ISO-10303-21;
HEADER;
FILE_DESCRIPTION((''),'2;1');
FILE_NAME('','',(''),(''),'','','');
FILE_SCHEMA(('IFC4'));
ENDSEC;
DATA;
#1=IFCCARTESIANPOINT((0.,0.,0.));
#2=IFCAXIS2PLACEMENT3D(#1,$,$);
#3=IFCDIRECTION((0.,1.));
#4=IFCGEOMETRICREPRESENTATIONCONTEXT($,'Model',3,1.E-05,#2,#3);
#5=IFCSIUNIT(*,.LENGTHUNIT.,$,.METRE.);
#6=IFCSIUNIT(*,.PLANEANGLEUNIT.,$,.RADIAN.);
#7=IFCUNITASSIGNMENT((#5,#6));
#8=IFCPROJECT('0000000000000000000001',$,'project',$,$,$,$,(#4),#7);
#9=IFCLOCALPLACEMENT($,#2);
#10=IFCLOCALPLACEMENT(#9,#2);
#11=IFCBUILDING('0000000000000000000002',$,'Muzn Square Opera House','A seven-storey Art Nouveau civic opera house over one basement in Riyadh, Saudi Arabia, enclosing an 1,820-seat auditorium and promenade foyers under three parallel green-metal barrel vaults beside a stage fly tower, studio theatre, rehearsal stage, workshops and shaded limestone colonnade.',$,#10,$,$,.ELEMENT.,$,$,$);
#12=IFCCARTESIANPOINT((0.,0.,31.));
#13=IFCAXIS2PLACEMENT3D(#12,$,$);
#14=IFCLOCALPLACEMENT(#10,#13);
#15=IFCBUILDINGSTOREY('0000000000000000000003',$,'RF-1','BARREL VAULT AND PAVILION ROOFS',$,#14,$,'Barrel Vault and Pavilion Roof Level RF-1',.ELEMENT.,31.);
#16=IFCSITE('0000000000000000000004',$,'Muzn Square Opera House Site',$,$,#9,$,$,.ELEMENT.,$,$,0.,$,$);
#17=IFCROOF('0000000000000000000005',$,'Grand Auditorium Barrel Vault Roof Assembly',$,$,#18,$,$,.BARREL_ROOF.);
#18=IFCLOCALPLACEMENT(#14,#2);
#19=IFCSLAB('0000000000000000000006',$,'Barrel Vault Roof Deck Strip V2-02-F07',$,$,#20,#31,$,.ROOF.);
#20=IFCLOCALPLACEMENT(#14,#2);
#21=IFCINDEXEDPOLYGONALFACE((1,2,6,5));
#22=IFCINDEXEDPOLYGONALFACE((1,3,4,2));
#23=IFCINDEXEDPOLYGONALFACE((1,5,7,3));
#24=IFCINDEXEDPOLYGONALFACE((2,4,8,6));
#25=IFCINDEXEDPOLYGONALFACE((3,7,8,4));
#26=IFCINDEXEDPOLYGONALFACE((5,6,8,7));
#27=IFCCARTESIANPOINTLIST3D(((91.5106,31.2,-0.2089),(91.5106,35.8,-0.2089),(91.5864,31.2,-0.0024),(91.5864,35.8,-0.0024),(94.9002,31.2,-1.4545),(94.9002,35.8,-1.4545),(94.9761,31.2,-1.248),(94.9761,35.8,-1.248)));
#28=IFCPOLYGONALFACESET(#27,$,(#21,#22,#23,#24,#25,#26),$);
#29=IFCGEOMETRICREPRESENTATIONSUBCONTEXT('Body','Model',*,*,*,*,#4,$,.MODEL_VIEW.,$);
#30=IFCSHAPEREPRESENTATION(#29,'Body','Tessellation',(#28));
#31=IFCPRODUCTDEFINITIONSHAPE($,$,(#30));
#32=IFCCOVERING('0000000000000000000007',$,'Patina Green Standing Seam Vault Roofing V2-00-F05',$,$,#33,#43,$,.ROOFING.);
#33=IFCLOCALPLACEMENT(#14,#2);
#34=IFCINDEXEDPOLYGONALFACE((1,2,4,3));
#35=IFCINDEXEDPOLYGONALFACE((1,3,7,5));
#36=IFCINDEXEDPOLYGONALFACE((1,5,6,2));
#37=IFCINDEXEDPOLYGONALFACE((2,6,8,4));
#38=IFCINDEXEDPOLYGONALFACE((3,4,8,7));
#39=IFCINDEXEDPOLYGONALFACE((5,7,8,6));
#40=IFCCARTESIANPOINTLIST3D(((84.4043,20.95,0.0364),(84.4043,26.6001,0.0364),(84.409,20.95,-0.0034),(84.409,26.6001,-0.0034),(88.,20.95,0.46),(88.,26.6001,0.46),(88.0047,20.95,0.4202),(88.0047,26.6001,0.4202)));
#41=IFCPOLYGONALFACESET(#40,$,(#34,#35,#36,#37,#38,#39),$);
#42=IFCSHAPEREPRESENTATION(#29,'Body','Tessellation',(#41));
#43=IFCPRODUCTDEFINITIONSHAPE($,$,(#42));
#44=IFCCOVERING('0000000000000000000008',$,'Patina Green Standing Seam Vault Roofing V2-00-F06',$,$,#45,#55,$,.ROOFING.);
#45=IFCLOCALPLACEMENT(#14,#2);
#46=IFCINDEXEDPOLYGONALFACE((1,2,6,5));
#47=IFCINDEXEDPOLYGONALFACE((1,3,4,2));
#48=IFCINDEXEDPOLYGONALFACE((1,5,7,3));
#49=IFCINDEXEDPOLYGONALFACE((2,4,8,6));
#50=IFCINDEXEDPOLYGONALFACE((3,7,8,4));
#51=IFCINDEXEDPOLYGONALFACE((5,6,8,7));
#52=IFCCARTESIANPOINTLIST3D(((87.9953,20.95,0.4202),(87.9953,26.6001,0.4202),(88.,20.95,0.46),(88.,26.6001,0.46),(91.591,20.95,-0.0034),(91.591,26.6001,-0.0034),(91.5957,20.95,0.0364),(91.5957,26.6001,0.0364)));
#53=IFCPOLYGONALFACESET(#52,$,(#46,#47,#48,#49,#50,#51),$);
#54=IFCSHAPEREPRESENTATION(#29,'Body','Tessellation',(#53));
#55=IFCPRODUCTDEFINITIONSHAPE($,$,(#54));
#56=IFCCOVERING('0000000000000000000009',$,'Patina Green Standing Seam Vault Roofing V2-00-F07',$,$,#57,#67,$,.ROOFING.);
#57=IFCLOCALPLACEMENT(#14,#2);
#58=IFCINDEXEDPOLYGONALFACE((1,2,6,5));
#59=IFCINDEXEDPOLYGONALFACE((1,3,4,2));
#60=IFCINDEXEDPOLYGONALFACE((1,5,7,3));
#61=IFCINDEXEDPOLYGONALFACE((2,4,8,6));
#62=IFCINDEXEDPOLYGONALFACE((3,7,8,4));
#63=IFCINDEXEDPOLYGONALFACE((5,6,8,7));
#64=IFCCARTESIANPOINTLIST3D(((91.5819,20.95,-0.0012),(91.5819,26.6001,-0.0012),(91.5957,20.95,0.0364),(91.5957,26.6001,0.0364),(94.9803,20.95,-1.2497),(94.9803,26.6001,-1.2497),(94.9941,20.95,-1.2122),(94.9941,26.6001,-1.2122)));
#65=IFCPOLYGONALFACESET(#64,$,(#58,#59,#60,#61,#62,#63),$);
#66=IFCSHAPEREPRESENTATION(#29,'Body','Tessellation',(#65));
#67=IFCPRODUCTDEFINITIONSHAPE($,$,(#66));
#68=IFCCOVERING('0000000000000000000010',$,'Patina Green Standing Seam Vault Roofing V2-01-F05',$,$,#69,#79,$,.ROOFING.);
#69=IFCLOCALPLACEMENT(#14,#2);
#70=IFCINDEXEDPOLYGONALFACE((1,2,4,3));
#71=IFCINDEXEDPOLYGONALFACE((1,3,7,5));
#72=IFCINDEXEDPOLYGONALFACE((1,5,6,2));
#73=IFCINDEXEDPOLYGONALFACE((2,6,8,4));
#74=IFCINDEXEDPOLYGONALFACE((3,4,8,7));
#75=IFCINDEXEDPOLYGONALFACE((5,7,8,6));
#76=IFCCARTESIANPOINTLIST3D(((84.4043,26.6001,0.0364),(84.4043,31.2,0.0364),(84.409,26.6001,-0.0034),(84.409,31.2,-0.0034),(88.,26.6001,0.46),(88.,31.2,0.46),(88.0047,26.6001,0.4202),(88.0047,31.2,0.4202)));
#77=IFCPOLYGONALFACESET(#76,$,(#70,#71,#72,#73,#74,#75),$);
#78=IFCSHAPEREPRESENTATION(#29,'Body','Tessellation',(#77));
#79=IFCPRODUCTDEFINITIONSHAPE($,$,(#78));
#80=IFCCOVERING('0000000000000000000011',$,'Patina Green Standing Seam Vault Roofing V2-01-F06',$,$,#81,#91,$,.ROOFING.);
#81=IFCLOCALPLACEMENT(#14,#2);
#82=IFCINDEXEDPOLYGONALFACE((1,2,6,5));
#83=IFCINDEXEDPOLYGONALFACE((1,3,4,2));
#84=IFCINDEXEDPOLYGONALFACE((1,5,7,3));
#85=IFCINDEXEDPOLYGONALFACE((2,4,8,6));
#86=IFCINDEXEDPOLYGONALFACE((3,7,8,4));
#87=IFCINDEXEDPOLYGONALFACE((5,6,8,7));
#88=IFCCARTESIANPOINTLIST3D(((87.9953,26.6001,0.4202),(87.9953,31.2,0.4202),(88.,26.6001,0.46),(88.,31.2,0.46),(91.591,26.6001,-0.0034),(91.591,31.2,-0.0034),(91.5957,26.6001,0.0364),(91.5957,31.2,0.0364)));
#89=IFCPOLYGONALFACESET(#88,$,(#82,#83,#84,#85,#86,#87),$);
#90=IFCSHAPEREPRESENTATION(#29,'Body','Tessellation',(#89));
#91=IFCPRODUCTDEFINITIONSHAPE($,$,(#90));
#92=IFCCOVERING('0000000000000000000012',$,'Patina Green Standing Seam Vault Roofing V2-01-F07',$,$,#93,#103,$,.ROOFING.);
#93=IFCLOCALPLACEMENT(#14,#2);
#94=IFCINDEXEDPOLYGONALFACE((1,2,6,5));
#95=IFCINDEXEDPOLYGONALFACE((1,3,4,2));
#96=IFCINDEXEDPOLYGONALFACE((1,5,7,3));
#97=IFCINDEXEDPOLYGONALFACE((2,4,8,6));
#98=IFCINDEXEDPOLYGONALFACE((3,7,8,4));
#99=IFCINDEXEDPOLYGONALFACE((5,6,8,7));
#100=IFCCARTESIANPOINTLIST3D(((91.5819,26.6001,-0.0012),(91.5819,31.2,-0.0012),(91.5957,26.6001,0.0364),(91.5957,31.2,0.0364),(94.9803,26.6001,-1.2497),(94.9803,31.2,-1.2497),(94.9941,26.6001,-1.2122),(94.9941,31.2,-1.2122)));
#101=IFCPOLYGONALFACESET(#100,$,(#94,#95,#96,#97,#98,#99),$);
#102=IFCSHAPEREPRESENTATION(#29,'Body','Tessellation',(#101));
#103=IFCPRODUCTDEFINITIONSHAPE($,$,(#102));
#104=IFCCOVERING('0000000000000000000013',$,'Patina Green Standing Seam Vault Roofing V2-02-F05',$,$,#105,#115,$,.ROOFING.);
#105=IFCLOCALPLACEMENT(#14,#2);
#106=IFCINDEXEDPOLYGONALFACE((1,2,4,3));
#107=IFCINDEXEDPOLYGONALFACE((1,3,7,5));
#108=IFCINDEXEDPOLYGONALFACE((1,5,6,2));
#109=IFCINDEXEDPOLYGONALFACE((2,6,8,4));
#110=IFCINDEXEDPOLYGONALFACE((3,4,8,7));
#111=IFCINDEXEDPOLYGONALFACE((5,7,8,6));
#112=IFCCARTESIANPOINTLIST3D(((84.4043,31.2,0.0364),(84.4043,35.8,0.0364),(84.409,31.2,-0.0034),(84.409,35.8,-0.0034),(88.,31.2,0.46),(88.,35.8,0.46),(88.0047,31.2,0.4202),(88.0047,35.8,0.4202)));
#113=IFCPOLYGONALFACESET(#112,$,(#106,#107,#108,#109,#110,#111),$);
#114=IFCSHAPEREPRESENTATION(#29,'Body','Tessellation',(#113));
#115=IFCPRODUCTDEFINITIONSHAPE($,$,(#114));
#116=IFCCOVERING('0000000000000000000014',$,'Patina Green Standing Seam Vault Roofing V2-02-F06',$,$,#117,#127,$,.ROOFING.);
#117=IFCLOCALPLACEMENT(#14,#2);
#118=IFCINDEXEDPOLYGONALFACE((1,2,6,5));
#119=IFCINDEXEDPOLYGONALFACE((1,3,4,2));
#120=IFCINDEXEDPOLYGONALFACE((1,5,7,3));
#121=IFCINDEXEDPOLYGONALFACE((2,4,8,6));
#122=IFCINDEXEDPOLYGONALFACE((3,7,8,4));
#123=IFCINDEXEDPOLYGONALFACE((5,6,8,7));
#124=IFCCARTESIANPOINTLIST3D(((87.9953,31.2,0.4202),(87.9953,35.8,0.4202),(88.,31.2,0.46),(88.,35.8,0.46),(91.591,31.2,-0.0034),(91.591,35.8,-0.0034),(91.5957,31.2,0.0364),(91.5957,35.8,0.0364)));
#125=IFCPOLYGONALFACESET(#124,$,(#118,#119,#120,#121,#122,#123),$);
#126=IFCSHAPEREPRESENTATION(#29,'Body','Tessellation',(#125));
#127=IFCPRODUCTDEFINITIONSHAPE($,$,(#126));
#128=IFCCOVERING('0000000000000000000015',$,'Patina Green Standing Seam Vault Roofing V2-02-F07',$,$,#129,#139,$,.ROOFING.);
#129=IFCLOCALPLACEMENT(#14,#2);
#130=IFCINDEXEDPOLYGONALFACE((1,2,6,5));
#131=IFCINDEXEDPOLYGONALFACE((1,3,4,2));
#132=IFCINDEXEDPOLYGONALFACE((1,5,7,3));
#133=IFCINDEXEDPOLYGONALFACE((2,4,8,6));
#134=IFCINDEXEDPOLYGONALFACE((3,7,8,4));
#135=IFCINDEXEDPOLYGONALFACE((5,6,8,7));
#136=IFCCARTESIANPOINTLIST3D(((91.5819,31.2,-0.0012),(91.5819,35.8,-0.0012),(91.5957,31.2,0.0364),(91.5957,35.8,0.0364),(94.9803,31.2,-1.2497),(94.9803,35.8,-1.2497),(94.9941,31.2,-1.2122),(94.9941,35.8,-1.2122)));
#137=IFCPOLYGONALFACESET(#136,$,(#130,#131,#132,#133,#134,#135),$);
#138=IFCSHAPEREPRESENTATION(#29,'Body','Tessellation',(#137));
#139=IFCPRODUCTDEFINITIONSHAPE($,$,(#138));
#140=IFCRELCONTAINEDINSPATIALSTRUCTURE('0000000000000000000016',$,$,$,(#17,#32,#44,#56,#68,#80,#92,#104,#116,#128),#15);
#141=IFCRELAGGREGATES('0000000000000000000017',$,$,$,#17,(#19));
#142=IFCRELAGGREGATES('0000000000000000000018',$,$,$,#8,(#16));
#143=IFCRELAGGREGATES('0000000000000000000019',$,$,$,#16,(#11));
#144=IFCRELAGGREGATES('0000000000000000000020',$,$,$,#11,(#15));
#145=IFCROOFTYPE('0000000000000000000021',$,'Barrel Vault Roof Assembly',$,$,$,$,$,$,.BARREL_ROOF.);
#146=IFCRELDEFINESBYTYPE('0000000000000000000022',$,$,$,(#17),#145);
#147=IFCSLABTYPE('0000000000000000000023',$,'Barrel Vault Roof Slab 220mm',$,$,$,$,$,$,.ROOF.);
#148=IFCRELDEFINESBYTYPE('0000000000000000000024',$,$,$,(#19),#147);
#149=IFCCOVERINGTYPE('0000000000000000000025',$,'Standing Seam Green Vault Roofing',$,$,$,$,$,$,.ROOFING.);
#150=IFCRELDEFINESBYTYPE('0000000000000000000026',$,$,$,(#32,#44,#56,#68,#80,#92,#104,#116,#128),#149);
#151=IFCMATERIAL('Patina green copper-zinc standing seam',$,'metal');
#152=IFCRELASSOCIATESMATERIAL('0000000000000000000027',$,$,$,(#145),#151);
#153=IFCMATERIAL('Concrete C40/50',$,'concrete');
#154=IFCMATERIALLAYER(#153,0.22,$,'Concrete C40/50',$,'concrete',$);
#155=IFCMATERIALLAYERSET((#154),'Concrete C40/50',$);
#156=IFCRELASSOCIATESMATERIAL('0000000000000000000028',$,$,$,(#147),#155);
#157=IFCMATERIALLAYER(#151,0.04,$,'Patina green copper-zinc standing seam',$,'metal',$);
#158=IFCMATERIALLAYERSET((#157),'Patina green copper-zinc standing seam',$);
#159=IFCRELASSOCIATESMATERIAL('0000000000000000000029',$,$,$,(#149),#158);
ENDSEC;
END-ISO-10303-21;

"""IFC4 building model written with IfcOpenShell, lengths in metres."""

from ifc_helpers import new_model, si_unit, direction, frame, origin, place, context, subcontext, project, spatial, polyline, outline, extrude, material, layer, layer_set, type_object, element, aggregate, save


model = new_model("IFC4")

# Units and contexts
model_context = context("Model", 3, precision=1e-05, world=origin(), true_north=direction((0.0, 1.0)))
body_context = subcontext(model_context, "Body", "Model", "MODEL_VIEW")
ifc_project = project(units=[si_unit("LENGTHUNIT", "METRE"), si_unit("PLANEANGLEUNIT", "RADIAN")], contexts=[model_context])

# Site, building, storey
site_placement = place(None, origin())
site = spatial("IfcSite", under=ifc_project, at=site_placement, Name="Muzn Square Opera House Site", CompositionType="ELEMENT", RefElevation=0.0)
building_placement = place(site_placement, origin())
building = spatial("IfcBuilding", under=site, at=building_placement, Name="Muzn Square Opera House", Description="A seven-storey Art Nouveau civic opera house over one basement in Riyadh, Saudi Arabia, enclosing an 1,820-seat auditorium and promenade foyers under three parallel green-metal barrel vaults beside a stage fly tower, studio theatre, rehearsal stage, workshops and shaded limestone colonnade.", CompositionType="ELEMENT")
storey_placement = place(building_placement, frame((0.0, 0.0, 31.0)))
storey = spatial("IfcBuildingStorey", under=building, at=storey_placement, Name="RF-1", Description="BARREL VAULT AND PAVILION ROOFS", LongName="Barrel Vault and Pavilion Roof Level RF-1", CompositionType="ELEMENT", Elevation=31.0)

# Roof, slab
ifc_material_1 = material(Name="Patina green copper-zinc standing seam", Category="metal")
roof_type = type_object("IfcRoofType", Name="Barrel Vault Roof Assembly", PredefinedType="BARREL_ROOF", material=ifc_material_1)
roof_placement = place(storey_placement, origin())
roof = element("IfcRoof", 1, at=roof_placement, inside=storey, type_object=roof_type, Name="Grand Auditorium Barrel Vault Roof Assembly", PredefinedType="BARREL_ROOF")
ifc_material_2 = material(Name="Concrete C40/50", Category="concrete")
ifc_layer_1 = layer(ifc_material_2, 0.22, Name="Concrete C40/50", Category="concrete")
ifc_layer_set_1 = layer_set([ifc_layer_1], Name="Concrete C40/50")
slab_type = type_object("IfcSlabType", Name="Barrel Vault Roof Slab 220mm", PredefinedType="ROOF", material=ifc_layer_set_1)
slab_1_placement = place(storey_placement, frame((91.5864, 31.2, -0.0024), z_axis=(0.344922, 0.0, 0.938631), x_axis=(0.938631, 0.0, -0.344922)))
slab_1 = element("IfcSlab", 2, at=slab_1_placement, type_object=slab_type, Name="Barrel Vault Roof Deck Strip V2-02-F07", PredefinedType="ROOF", context=body_context, shape_type="SweptSolid", body=[
    extrude(outline(polyline([(0.0, 0.0), (3.6113, 0.0), (3.6113, 4.6001), (0.0, 4.6001), (0.0, 0.0)])), origin(), (0.0, 0.0, -1.0), 0.22),
])
aggregate(roof, [slab_1])

# Coverings
ifc_layer_2 = layer(ifc_material_1, 0.04, Name="Patina green copper-zinc standing seam", Category="metal")
ifc_layer_set_2 = layer_set([ifc_layer_2], Name="Patina green copper-zinc standing seam")
covering_type = type_object("IfcCoveringType", Name="Standing Seam Green Vault Roofing", PredefinedType="ROOFING", material=ifc_layer_set_2)
covering_1_placement = place(storey_placement, frame((88.0, 20.95, 0.46), z_axis=(-0.116994, 0.0, 0.993133), x_axis=(0.0, 1.0, 0.0)))
element("IfcCovering", 3, at=covering_1_placement, inside=storey, type_object=covering_type, Name="Patina Green Standing Seam Vault Roofing V2-00-F05", PredefinedType="ROOFING", context=body_context, shape_type="SweptSolid", body=[
    extrude(outline(polyline([(0.0, 3.6206), (0.0, 0.0), (5.6501, 0.0), (5.6501, 3.6206), (0.0, 3.6206)])), origin(), (0.0, 0.0, -1.0), 0.04),
])
covering_2_placement = place(storey_placement, frame((88.0, 20.95, 0.46), z_axis=(0.116994, 0.0, 0.993133), x_axis=(0.993133, 0.0, -0.116994)))
element("IfcCovering", 4, at=covering_2_placement, inside=storey, type_object=covering_type, Name="Patina Green Standing Seam Vault Roofing V2-00-F06", PredefinedType="ROOFING", context=body_context, shape_type="SweptSolid", body=[
    extrude(outline(polyline([(0.0, 0.0), (3.6206, 0.0), (3.6206, 5.6501), (0.0, 5.6501), (0.0, 0.0)])), origin(), (0.0, 0.0, -1.0), 0.04),
])
covering_3_placement = place(storey_placement, frame((91.5957, 20.95, 0.0364), z_axis=(0.344849, 0.0, 0.938658), x_axis=(0.938658, 0.0, -0.344849)))
element("IfcCovering", 5, at=covering_3_placement, inside=storey, type_object=covering_type, Name="Patina Green Standing Seam Vault Roofing V2-00-F07", PredefinedType="ROOFING", context=body_context, shape_type="SweptSolid", body=[
    extrude(outline(polyline([(0.0, 0.0), (3.6205, 0.0), (3.6205, 5.6501), (0.0, 5.6501), (0.0, 0.0)])), origin(), (0.0, 0.0, -1.0), 0.04),
])
covering_4_placement = place(storey_placement, frame((88.0, 26.6001, 0.46), z_axis=(-0.116994, 0.0, 0.993133), x_axis=(0.0, 1.0, 0.0)))
element("IfcCovering", 6, at=covering_4_placement, inside=storey, type_object=covering_type, Name="Patina Green Standing Seam Vault Roofing V2-01-F05", PredefinedType="ROOFING", context=body_context, shape_type="SweptSolid", body=[
    extrude(outline(polyline([(0.0, 3.6206), (0.0, 0.0), (4.5999, 0.0), (4.5999, 3.6206), (0.0, 3.6206)])), origin(), (0.0, 0.0, -1.0), 0.04),
])
covering_5_placement = place(storey_placement, frame((88.0, 26.6001, 0.46), z_axis=(0.116994, 0.0, 0.993133), x_axis=(0.993133, 0.0, -0.116994)))
element("IfcCovering", 7, at=covering_5_placement, inside=storey, type_object=covering_type, Name="Patina Green Standing Seam Vault Roofing V2-01-F06", PredefinedType="ROOFING", context=body_context, shape_type="SweptSolid", body=[
    extrude(outline(polyline([(0.0, 0.0), (3.6206, 0.0), (3.6206, 4.5999), (0.0, 4.5999), (0.0, 0.0)])), origin(), (0.0, 0.0, -1.0), 0.04),
])
covering_6_placement = place(storey_placement, frame((91.5957, 26.6001, 0.0364), z_axis=(0.344849, 0.0, 0.938658), x_axis=(0.938658, 0.0, -0.344849)))
element("IfcCovering", 8, at=covering_6_placement, inside=storey, type_object=covering_type, Name="Patina Green Standing Seam Vault Roofing V2-01-F07", PredefinedType="ROOFING", context=body_context, shape_type="SweptSolid", body=[
    extrude(outline(polyline([(0.0, 0.0), (3.6205, 0.0), (3.6205, 4.5999), (0.0, 4.5999), (0.0, 0.0)])), origin(), (0.0, 0.0, -1.0), 0.04),
])
covering_7_placement = place(storey_placement, frame((88.0, 31.2, 0.46), z_axis=(-0.116994, 0.0, 0.993133), x_axis=(0.0, 1.0, 0.0)))
element("IfcCovering", 9, at=covering_7_placement, inside=storey, type_object=covering_type, Name="Patina Green Standing Seam Vault Roofing V2-02-F05", PredefinedType="ROOFING", context=body_context, shape_type="SweptSolid", body=[
    extrude(outline(polyline([(0.0, 3.6206), (0.0, 0.0), (4.6001, 0.0), (4.6001, 3.6206), (0.0, 3.6206)])), origin(), (0.0, 0.0, -1.0), 0.04),
])
covering_8_placement = place(storey_placement, frame((88.0, 31.2, 0.46), z_axis=(0.116994, 0.0, 0.993133), x_axis=(0.993133, 0.0, -0.116994)))
element("IfcCovering", 10, at=covering_8_placement, inside=storey, type_object=covering_type, Name="Patina Green Standing Seam Vault Roofing V2-02-F06", PredefinedType="ROOFING", context=body_context, shape_type="SweptSolid", body=[
    extrude(outline(polyline([(0.0, 0.0), (3.6206, 0.0), (3.6206, 4.6001), (0.0, 4.6001), (0.0, 0.0)])), origin(), (0.0, 0.0, -1.0), 0.04),
])
covering_9_placement = place(storey_placement, frame((91.5957, 31.2, 0.0364), z_axis=(0.344849, 0.0, 0.938658), x_axis=(0.938658, 0.0, -0.344849)))
element("IfcCovering", 11, at=covering_9_placement, inside=storey, type_object=covering_type, Name="Patina Green Standing Seam Vault Roofing V2-02-F07", PredefinedType="ROOFING", context=body_context, shape_type="SweptSolid", body=[
    extrude(outline(polyline([(0.0, 0.0), (3.6205, 0.0), (3.6205, 4.6001), (0.0, 4.6001), (0.0, 0.0)])), origin(), (0.0, 0.0, -1.0), 0.04),
])

save(model, "model.ifc")
